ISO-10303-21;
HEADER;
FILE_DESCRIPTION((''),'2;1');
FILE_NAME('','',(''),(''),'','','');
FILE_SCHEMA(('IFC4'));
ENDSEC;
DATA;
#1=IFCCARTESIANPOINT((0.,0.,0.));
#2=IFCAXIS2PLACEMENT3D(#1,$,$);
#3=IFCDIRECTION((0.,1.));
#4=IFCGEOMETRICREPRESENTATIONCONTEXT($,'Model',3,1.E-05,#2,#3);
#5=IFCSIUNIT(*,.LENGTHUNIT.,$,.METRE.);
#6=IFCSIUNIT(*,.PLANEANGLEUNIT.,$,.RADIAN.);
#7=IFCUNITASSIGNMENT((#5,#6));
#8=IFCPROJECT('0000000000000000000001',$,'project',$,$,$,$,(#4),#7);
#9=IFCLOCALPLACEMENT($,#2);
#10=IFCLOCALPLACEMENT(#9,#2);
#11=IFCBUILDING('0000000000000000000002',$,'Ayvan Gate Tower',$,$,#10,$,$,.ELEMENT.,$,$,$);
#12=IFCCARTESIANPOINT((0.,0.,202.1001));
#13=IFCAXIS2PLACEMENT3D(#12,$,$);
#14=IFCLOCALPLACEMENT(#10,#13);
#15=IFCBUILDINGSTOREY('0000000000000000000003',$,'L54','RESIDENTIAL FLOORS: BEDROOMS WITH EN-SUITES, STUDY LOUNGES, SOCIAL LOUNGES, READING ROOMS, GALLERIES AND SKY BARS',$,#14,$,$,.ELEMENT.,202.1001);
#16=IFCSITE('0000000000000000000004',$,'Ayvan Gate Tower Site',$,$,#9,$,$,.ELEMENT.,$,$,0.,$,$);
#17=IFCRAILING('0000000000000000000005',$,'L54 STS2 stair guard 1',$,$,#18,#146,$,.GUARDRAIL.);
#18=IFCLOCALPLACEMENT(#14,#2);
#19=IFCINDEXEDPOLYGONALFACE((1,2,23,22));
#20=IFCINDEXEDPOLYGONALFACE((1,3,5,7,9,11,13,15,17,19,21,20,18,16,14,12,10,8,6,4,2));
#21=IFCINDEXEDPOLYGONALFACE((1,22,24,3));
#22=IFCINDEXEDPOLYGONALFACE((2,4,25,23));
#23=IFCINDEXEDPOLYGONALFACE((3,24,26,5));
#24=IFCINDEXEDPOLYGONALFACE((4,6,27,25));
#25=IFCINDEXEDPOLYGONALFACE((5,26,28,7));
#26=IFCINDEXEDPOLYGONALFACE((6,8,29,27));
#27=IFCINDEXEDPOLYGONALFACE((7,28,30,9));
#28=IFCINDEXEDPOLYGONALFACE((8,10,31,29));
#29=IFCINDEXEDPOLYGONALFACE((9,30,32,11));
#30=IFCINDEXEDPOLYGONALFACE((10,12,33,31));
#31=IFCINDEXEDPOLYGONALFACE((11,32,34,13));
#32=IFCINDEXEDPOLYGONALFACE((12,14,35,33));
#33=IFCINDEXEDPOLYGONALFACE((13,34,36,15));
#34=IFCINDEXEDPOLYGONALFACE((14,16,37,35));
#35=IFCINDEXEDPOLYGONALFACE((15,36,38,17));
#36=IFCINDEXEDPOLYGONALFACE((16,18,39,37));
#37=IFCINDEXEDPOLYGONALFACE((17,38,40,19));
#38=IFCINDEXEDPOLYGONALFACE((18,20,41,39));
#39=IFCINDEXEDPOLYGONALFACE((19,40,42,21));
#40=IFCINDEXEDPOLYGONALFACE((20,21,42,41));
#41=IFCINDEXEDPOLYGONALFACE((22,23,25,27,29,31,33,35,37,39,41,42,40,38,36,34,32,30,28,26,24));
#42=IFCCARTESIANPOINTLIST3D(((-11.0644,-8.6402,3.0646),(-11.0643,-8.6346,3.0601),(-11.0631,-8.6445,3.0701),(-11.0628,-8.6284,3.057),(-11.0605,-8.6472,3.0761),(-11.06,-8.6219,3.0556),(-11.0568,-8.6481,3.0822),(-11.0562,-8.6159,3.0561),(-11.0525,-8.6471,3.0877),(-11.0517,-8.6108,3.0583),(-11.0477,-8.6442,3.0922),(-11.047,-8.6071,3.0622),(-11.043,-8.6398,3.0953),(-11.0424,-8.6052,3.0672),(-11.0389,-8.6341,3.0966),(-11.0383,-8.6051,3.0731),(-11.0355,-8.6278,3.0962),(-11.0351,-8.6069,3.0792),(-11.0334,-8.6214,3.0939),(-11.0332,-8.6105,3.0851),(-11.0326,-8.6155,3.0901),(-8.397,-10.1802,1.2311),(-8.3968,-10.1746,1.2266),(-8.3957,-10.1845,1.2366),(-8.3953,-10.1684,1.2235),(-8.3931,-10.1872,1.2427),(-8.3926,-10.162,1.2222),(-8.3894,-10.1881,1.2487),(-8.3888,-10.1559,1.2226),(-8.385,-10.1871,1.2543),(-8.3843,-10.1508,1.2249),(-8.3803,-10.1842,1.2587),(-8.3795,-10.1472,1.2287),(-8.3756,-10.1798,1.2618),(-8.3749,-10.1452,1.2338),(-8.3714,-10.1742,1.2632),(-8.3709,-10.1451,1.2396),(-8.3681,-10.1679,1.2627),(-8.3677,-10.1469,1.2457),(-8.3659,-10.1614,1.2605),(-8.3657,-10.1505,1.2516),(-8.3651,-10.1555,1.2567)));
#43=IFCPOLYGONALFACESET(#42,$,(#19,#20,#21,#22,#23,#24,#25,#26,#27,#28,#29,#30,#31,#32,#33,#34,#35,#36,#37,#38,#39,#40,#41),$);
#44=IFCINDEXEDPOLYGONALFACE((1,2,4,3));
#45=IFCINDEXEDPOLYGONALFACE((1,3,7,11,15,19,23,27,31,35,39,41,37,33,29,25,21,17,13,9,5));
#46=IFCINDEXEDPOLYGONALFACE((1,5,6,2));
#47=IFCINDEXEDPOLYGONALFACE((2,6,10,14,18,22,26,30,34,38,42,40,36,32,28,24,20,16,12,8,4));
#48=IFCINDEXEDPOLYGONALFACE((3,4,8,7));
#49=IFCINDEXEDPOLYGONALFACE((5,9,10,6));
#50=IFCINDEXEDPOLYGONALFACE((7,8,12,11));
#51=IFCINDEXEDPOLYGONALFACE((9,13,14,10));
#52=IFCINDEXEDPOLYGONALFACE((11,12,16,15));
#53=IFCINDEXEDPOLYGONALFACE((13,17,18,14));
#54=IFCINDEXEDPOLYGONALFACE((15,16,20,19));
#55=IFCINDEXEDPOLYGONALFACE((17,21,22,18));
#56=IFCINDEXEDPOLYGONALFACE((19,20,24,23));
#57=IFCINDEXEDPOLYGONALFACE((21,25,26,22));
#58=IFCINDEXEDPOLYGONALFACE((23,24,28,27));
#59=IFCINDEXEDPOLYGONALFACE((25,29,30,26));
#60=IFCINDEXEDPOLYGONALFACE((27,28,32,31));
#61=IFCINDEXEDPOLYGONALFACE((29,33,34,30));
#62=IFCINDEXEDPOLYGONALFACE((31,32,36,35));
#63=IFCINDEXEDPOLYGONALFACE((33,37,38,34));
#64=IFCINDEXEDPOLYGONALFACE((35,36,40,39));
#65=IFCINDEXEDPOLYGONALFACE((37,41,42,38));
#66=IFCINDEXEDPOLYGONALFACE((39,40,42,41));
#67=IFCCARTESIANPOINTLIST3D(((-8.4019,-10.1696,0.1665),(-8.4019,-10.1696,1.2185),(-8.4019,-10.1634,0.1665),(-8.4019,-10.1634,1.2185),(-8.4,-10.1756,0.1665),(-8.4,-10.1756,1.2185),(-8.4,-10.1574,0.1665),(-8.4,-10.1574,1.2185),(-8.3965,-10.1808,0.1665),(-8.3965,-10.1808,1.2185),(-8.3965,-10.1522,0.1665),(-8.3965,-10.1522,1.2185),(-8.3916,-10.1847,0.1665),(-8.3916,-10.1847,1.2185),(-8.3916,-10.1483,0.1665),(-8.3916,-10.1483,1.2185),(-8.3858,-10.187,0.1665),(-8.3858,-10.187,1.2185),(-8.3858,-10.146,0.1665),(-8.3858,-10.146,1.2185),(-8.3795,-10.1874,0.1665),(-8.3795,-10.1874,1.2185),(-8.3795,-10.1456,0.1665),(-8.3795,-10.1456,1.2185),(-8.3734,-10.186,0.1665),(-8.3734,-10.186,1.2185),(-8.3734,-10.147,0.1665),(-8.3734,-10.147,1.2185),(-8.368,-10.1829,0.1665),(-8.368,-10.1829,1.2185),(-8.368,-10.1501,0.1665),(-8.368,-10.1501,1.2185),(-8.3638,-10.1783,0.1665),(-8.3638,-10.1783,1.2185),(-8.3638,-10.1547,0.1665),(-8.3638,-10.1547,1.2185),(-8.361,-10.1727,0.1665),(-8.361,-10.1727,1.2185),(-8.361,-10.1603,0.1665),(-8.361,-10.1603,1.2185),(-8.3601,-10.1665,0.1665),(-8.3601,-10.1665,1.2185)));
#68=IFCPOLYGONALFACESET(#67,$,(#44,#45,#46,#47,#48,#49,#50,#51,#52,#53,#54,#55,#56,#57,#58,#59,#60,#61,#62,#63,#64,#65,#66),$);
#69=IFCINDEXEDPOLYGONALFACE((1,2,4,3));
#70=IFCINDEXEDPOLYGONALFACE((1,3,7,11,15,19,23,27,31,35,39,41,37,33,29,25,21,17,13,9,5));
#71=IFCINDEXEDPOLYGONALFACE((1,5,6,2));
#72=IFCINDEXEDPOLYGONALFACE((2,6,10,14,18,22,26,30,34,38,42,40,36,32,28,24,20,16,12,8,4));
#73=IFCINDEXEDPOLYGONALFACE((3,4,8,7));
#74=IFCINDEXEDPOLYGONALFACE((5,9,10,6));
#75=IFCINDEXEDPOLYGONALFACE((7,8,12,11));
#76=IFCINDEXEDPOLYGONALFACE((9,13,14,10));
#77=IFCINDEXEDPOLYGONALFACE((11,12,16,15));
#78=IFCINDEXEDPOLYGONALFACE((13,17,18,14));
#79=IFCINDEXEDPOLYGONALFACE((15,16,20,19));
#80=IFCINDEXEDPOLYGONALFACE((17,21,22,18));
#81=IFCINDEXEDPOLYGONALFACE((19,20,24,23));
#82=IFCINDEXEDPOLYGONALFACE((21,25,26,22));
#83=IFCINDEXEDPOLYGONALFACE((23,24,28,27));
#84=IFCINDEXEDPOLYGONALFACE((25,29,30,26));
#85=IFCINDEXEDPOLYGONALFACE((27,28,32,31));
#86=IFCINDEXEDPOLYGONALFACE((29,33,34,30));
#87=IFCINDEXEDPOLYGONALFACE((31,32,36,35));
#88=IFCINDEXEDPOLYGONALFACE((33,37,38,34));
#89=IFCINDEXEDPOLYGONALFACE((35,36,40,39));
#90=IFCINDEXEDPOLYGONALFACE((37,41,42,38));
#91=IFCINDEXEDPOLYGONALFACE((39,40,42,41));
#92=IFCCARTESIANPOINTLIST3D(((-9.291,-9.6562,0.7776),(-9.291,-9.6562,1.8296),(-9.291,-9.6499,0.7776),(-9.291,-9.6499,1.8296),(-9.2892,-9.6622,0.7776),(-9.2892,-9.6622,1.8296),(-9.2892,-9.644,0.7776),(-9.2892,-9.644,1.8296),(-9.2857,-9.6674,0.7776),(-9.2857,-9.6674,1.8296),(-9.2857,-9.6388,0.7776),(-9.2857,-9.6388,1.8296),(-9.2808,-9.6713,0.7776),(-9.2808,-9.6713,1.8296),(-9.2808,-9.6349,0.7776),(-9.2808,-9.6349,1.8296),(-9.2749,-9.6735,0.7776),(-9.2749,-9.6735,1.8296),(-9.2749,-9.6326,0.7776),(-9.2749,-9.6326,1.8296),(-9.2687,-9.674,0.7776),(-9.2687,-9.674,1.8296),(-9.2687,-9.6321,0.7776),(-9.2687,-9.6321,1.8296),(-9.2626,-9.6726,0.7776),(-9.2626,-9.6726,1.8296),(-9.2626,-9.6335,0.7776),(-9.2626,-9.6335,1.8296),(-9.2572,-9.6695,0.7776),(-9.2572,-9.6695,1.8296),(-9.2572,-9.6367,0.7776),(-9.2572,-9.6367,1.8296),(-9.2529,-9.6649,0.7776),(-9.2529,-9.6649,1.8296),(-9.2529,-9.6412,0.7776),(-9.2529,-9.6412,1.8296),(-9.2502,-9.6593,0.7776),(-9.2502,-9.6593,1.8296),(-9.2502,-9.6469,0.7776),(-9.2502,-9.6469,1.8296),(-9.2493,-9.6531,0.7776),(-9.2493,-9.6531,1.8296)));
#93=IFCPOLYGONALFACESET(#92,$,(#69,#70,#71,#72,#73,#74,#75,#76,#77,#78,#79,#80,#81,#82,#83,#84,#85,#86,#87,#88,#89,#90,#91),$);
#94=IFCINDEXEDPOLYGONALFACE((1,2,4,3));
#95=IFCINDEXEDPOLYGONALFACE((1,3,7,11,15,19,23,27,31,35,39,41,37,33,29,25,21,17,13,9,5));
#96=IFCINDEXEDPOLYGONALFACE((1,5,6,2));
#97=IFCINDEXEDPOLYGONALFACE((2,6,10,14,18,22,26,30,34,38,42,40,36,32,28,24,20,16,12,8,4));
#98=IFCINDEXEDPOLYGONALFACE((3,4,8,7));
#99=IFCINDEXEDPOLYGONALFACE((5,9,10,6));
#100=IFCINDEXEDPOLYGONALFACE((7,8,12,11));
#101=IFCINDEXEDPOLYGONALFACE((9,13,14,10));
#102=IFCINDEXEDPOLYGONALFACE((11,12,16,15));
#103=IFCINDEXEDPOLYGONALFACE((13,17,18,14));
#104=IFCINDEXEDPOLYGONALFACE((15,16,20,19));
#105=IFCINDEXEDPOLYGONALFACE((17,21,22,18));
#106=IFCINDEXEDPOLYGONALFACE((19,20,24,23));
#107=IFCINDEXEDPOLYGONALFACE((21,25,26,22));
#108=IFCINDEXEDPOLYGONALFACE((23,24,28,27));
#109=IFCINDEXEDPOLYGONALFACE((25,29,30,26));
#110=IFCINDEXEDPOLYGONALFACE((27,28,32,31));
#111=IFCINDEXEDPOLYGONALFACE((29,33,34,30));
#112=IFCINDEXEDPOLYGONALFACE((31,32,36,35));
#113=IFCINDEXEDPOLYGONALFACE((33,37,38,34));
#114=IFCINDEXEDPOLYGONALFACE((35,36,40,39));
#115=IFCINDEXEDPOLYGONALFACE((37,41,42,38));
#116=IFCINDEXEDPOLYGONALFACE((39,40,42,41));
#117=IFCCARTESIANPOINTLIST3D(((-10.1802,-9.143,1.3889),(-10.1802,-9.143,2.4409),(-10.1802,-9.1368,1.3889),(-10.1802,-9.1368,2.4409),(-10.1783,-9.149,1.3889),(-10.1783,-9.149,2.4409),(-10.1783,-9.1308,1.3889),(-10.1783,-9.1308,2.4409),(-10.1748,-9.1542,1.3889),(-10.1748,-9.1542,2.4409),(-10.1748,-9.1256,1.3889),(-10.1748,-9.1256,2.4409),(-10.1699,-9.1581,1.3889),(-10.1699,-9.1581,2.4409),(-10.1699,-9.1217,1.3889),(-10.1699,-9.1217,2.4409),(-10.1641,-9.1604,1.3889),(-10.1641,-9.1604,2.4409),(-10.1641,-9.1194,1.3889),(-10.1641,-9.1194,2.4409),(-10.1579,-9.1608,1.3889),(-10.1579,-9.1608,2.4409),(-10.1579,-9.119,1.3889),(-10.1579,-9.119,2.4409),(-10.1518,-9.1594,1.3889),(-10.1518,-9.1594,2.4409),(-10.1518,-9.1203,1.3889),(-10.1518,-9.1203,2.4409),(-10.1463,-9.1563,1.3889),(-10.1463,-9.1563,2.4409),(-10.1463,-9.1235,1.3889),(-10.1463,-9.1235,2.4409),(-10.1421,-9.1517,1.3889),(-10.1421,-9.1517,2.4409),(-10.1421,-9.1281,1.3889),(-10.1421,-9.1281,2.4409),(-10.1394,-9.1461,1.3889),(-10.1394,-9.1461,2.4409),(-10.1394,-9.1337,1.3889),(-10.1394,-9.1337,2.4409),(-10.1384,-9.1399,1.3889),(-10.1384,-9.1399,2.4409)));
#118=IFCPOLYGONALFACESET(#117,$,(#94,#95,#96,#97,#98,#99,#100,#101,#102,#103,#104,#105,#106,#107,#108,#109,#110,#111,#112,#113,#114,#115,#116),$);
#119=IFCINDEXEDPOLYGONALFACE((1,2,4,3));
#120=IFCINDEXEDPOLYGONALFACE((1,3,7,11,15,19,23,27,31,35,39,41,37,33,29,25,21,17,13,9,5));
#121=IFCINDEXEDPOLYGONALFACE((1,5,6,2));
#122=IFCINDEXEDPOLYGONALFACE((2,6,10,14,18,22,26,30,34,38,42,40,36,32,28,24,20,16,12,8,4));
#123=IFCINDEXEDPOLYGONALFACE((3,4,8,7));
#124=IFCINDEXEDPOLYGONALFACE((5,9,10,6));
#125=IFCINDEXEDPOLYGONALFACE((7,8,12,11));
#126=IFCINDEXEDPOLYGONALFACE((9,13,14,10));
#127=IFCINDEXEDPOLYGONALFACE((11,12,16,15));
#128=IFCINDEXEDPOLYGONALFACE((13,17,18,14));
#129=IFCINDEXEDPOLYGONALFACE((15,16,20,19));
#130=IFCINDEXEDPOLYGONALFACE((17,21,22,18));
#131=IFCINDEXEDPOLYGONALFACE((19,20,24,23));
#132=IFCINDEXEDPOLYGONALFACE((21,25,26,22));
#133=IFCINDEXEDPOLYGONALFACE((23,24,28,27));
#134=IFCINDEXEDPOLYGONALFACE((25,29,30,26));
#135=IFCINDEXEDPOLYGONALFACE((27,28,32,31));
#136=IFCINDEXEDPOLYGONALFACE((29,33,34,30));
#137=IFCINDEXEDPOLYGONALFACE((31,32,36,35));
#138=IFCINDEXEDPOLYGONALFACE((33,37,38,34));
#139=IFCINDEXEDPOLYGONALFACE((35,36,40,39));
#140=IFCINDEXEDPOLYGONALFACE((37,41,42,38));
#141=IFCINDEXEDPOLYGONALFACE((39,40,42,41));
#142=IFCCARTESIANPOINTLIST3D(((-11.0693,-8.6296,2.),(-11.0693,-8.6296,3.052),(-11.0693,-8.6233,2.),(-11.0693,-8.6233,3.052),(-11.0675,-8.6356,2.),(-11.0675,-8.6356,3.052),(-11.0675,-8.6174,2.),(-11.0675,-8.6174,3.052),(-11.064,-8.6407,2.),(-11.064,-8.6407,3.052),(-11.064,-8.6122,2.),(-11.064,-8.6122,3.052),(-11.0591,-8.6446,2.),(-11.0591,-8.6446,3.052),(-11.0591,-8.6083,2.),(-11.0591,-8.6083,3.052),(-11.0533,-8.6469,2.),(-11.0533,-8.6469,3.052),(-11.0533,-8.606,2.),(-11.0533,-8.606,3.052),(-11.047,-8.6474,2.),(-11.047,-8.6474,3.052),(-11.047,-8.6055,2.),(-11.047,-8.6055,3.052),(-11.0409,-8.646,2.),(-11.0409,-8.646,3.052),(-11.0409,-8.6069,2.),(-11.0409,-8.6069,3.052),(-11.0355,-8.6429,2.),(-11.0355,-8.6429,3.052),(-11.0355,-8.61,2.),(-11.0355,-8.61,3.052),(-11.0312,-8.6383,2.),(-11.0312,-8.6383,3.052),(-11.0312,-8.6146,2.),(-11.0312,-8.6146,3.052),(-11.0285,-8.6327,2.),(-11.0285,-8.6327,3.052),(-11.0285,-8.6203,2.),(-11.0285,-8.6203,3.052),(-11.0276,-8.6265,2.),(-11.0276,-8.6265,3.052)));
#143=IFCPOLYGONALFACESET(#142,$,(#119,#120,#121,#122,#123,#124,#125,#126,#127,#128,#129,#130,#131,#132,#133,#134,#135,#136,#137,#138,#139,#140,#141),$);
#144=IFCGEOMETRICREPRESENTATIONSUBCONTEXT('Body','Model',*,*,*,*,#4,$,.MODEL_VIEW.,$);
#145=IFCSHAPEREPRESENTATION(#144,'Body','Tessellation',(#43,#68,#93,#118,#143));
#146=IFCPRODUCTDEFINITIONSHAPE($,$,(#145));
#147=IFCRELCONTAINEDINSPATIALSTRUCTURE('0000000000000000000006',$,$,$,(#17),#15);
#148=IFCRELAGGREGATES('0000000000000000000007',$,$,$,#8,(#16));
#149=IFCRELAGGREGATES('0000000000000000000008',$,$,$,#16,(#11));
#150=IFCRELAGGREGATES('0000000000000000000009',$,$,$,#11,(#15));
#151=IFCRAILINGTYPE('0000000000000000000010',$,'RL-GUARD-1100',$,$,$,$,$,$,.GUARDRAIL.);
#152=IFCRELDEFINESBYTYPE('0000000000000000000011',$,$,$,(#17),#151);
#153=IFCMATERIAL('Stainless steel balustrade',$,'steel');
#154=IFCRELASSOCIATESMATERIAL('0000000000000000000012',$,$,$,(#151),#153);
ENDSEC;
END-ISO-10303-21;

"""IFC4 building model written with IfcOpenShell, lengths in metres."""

from ifc_helpers import new_model, si_unit, direction, frame, origin, origin_2d, place, context, subcontext, project, spatial, circle, extrude, material, type_object, element, save


model = new_model("IFC4")

# Units and contexts
model_context = context("Model", 3, precision=1e-05, world=origin(), true_north=direction((0.0, 1.0)))
body_context = subcontext(model_context, "Body", "Model", "MODEL_VIEW")
ifc_project = project(units=[si_unit("LENGTHUNIT", "METRE"), si_unit("PLANEANGLEUNIT", "RADIAN")], contexts=[model_context])

# Site, building, storey
site_placement = place(None, origin())
site = spatial("IfcSite", under=ifc_project, at=site_placement, Name="Ayvan Gate Tower Site", CompositionType="ELEMENT", RefElevation=0.0)
building_placement = place(site_placement, origin())
building = spatial("IfcBuilding", under=site, at=building_placement, Name="Ayvan Gate Tower", CompositionType="ELEMENT")
storey_placement = place(building_placement, frame((0.0, 0.0, 202.1001)))
storey = spatial("IfcBuildingStorey", under=building, at=storey_placement, Name="L54", Description="RESIDENTIAL FLOORS: BEDROOMS WITH EN-SUITES, STUDY LOUNGES, SOCIAL LOUNGES, READING ROOMS, GALLERIES AND SKY BARS", CompositionType="ELEMENT", Elevation=202.1001)

# Railing
ifc_material_1 = material(Name="Stainless steel balustrade", Category="steel")
railing_type_1 = type_object("IfcRailingType", Name="RL-GUARD-1100", PredefinedType="GUARDRAIL", material=ifc_material_1)
railing_1_placement = place(storey_placement, frame((-8.3811, -10.1665, 0.1665)))
element("IfcRailing", 1, at=railing_1_placement, inside=storey, type_object=railing_type_1, Name="L54 STS2 stair guard 1", PredefinedType="GUARDRAIL", context=body_context, shape_type="SweptSolid", body=[
    extrude(circle(Radius=0.0239, at=origin_2d()), frame((0.0, 0.0, 1.0762), z_axis=(-0.744164, 0.429634, 0.511502), x_axis=(-0.499992, -0.86603, 0.0)), (0.0, 0.0, 1.0), 3.5845),
    extrude(circle(Radius=0.021, at=origin_2d()), origin(), (0.0, 0.0, 1.0), 1.052),
    extrude(circle(Radius=0.021, at=origin_2d()), frame((-0.8892, 0.5134, 0.6111)), (0.0, 0.0, 1.0), 1.052),
    extrude(circle(Radius=0.021, at=origin_2d()), frame((-1.7783, 1.0266, 1.2224)), (0.0, 0.0, 1.0), 1.052),
    extrude(circle(Radius=0.021, at=origin_2d()), frame((-2.6675, 1.54, 1.8335)), (0.0, 0.0, 1.0), 1.052),
])

save(model, "model.ifc")
